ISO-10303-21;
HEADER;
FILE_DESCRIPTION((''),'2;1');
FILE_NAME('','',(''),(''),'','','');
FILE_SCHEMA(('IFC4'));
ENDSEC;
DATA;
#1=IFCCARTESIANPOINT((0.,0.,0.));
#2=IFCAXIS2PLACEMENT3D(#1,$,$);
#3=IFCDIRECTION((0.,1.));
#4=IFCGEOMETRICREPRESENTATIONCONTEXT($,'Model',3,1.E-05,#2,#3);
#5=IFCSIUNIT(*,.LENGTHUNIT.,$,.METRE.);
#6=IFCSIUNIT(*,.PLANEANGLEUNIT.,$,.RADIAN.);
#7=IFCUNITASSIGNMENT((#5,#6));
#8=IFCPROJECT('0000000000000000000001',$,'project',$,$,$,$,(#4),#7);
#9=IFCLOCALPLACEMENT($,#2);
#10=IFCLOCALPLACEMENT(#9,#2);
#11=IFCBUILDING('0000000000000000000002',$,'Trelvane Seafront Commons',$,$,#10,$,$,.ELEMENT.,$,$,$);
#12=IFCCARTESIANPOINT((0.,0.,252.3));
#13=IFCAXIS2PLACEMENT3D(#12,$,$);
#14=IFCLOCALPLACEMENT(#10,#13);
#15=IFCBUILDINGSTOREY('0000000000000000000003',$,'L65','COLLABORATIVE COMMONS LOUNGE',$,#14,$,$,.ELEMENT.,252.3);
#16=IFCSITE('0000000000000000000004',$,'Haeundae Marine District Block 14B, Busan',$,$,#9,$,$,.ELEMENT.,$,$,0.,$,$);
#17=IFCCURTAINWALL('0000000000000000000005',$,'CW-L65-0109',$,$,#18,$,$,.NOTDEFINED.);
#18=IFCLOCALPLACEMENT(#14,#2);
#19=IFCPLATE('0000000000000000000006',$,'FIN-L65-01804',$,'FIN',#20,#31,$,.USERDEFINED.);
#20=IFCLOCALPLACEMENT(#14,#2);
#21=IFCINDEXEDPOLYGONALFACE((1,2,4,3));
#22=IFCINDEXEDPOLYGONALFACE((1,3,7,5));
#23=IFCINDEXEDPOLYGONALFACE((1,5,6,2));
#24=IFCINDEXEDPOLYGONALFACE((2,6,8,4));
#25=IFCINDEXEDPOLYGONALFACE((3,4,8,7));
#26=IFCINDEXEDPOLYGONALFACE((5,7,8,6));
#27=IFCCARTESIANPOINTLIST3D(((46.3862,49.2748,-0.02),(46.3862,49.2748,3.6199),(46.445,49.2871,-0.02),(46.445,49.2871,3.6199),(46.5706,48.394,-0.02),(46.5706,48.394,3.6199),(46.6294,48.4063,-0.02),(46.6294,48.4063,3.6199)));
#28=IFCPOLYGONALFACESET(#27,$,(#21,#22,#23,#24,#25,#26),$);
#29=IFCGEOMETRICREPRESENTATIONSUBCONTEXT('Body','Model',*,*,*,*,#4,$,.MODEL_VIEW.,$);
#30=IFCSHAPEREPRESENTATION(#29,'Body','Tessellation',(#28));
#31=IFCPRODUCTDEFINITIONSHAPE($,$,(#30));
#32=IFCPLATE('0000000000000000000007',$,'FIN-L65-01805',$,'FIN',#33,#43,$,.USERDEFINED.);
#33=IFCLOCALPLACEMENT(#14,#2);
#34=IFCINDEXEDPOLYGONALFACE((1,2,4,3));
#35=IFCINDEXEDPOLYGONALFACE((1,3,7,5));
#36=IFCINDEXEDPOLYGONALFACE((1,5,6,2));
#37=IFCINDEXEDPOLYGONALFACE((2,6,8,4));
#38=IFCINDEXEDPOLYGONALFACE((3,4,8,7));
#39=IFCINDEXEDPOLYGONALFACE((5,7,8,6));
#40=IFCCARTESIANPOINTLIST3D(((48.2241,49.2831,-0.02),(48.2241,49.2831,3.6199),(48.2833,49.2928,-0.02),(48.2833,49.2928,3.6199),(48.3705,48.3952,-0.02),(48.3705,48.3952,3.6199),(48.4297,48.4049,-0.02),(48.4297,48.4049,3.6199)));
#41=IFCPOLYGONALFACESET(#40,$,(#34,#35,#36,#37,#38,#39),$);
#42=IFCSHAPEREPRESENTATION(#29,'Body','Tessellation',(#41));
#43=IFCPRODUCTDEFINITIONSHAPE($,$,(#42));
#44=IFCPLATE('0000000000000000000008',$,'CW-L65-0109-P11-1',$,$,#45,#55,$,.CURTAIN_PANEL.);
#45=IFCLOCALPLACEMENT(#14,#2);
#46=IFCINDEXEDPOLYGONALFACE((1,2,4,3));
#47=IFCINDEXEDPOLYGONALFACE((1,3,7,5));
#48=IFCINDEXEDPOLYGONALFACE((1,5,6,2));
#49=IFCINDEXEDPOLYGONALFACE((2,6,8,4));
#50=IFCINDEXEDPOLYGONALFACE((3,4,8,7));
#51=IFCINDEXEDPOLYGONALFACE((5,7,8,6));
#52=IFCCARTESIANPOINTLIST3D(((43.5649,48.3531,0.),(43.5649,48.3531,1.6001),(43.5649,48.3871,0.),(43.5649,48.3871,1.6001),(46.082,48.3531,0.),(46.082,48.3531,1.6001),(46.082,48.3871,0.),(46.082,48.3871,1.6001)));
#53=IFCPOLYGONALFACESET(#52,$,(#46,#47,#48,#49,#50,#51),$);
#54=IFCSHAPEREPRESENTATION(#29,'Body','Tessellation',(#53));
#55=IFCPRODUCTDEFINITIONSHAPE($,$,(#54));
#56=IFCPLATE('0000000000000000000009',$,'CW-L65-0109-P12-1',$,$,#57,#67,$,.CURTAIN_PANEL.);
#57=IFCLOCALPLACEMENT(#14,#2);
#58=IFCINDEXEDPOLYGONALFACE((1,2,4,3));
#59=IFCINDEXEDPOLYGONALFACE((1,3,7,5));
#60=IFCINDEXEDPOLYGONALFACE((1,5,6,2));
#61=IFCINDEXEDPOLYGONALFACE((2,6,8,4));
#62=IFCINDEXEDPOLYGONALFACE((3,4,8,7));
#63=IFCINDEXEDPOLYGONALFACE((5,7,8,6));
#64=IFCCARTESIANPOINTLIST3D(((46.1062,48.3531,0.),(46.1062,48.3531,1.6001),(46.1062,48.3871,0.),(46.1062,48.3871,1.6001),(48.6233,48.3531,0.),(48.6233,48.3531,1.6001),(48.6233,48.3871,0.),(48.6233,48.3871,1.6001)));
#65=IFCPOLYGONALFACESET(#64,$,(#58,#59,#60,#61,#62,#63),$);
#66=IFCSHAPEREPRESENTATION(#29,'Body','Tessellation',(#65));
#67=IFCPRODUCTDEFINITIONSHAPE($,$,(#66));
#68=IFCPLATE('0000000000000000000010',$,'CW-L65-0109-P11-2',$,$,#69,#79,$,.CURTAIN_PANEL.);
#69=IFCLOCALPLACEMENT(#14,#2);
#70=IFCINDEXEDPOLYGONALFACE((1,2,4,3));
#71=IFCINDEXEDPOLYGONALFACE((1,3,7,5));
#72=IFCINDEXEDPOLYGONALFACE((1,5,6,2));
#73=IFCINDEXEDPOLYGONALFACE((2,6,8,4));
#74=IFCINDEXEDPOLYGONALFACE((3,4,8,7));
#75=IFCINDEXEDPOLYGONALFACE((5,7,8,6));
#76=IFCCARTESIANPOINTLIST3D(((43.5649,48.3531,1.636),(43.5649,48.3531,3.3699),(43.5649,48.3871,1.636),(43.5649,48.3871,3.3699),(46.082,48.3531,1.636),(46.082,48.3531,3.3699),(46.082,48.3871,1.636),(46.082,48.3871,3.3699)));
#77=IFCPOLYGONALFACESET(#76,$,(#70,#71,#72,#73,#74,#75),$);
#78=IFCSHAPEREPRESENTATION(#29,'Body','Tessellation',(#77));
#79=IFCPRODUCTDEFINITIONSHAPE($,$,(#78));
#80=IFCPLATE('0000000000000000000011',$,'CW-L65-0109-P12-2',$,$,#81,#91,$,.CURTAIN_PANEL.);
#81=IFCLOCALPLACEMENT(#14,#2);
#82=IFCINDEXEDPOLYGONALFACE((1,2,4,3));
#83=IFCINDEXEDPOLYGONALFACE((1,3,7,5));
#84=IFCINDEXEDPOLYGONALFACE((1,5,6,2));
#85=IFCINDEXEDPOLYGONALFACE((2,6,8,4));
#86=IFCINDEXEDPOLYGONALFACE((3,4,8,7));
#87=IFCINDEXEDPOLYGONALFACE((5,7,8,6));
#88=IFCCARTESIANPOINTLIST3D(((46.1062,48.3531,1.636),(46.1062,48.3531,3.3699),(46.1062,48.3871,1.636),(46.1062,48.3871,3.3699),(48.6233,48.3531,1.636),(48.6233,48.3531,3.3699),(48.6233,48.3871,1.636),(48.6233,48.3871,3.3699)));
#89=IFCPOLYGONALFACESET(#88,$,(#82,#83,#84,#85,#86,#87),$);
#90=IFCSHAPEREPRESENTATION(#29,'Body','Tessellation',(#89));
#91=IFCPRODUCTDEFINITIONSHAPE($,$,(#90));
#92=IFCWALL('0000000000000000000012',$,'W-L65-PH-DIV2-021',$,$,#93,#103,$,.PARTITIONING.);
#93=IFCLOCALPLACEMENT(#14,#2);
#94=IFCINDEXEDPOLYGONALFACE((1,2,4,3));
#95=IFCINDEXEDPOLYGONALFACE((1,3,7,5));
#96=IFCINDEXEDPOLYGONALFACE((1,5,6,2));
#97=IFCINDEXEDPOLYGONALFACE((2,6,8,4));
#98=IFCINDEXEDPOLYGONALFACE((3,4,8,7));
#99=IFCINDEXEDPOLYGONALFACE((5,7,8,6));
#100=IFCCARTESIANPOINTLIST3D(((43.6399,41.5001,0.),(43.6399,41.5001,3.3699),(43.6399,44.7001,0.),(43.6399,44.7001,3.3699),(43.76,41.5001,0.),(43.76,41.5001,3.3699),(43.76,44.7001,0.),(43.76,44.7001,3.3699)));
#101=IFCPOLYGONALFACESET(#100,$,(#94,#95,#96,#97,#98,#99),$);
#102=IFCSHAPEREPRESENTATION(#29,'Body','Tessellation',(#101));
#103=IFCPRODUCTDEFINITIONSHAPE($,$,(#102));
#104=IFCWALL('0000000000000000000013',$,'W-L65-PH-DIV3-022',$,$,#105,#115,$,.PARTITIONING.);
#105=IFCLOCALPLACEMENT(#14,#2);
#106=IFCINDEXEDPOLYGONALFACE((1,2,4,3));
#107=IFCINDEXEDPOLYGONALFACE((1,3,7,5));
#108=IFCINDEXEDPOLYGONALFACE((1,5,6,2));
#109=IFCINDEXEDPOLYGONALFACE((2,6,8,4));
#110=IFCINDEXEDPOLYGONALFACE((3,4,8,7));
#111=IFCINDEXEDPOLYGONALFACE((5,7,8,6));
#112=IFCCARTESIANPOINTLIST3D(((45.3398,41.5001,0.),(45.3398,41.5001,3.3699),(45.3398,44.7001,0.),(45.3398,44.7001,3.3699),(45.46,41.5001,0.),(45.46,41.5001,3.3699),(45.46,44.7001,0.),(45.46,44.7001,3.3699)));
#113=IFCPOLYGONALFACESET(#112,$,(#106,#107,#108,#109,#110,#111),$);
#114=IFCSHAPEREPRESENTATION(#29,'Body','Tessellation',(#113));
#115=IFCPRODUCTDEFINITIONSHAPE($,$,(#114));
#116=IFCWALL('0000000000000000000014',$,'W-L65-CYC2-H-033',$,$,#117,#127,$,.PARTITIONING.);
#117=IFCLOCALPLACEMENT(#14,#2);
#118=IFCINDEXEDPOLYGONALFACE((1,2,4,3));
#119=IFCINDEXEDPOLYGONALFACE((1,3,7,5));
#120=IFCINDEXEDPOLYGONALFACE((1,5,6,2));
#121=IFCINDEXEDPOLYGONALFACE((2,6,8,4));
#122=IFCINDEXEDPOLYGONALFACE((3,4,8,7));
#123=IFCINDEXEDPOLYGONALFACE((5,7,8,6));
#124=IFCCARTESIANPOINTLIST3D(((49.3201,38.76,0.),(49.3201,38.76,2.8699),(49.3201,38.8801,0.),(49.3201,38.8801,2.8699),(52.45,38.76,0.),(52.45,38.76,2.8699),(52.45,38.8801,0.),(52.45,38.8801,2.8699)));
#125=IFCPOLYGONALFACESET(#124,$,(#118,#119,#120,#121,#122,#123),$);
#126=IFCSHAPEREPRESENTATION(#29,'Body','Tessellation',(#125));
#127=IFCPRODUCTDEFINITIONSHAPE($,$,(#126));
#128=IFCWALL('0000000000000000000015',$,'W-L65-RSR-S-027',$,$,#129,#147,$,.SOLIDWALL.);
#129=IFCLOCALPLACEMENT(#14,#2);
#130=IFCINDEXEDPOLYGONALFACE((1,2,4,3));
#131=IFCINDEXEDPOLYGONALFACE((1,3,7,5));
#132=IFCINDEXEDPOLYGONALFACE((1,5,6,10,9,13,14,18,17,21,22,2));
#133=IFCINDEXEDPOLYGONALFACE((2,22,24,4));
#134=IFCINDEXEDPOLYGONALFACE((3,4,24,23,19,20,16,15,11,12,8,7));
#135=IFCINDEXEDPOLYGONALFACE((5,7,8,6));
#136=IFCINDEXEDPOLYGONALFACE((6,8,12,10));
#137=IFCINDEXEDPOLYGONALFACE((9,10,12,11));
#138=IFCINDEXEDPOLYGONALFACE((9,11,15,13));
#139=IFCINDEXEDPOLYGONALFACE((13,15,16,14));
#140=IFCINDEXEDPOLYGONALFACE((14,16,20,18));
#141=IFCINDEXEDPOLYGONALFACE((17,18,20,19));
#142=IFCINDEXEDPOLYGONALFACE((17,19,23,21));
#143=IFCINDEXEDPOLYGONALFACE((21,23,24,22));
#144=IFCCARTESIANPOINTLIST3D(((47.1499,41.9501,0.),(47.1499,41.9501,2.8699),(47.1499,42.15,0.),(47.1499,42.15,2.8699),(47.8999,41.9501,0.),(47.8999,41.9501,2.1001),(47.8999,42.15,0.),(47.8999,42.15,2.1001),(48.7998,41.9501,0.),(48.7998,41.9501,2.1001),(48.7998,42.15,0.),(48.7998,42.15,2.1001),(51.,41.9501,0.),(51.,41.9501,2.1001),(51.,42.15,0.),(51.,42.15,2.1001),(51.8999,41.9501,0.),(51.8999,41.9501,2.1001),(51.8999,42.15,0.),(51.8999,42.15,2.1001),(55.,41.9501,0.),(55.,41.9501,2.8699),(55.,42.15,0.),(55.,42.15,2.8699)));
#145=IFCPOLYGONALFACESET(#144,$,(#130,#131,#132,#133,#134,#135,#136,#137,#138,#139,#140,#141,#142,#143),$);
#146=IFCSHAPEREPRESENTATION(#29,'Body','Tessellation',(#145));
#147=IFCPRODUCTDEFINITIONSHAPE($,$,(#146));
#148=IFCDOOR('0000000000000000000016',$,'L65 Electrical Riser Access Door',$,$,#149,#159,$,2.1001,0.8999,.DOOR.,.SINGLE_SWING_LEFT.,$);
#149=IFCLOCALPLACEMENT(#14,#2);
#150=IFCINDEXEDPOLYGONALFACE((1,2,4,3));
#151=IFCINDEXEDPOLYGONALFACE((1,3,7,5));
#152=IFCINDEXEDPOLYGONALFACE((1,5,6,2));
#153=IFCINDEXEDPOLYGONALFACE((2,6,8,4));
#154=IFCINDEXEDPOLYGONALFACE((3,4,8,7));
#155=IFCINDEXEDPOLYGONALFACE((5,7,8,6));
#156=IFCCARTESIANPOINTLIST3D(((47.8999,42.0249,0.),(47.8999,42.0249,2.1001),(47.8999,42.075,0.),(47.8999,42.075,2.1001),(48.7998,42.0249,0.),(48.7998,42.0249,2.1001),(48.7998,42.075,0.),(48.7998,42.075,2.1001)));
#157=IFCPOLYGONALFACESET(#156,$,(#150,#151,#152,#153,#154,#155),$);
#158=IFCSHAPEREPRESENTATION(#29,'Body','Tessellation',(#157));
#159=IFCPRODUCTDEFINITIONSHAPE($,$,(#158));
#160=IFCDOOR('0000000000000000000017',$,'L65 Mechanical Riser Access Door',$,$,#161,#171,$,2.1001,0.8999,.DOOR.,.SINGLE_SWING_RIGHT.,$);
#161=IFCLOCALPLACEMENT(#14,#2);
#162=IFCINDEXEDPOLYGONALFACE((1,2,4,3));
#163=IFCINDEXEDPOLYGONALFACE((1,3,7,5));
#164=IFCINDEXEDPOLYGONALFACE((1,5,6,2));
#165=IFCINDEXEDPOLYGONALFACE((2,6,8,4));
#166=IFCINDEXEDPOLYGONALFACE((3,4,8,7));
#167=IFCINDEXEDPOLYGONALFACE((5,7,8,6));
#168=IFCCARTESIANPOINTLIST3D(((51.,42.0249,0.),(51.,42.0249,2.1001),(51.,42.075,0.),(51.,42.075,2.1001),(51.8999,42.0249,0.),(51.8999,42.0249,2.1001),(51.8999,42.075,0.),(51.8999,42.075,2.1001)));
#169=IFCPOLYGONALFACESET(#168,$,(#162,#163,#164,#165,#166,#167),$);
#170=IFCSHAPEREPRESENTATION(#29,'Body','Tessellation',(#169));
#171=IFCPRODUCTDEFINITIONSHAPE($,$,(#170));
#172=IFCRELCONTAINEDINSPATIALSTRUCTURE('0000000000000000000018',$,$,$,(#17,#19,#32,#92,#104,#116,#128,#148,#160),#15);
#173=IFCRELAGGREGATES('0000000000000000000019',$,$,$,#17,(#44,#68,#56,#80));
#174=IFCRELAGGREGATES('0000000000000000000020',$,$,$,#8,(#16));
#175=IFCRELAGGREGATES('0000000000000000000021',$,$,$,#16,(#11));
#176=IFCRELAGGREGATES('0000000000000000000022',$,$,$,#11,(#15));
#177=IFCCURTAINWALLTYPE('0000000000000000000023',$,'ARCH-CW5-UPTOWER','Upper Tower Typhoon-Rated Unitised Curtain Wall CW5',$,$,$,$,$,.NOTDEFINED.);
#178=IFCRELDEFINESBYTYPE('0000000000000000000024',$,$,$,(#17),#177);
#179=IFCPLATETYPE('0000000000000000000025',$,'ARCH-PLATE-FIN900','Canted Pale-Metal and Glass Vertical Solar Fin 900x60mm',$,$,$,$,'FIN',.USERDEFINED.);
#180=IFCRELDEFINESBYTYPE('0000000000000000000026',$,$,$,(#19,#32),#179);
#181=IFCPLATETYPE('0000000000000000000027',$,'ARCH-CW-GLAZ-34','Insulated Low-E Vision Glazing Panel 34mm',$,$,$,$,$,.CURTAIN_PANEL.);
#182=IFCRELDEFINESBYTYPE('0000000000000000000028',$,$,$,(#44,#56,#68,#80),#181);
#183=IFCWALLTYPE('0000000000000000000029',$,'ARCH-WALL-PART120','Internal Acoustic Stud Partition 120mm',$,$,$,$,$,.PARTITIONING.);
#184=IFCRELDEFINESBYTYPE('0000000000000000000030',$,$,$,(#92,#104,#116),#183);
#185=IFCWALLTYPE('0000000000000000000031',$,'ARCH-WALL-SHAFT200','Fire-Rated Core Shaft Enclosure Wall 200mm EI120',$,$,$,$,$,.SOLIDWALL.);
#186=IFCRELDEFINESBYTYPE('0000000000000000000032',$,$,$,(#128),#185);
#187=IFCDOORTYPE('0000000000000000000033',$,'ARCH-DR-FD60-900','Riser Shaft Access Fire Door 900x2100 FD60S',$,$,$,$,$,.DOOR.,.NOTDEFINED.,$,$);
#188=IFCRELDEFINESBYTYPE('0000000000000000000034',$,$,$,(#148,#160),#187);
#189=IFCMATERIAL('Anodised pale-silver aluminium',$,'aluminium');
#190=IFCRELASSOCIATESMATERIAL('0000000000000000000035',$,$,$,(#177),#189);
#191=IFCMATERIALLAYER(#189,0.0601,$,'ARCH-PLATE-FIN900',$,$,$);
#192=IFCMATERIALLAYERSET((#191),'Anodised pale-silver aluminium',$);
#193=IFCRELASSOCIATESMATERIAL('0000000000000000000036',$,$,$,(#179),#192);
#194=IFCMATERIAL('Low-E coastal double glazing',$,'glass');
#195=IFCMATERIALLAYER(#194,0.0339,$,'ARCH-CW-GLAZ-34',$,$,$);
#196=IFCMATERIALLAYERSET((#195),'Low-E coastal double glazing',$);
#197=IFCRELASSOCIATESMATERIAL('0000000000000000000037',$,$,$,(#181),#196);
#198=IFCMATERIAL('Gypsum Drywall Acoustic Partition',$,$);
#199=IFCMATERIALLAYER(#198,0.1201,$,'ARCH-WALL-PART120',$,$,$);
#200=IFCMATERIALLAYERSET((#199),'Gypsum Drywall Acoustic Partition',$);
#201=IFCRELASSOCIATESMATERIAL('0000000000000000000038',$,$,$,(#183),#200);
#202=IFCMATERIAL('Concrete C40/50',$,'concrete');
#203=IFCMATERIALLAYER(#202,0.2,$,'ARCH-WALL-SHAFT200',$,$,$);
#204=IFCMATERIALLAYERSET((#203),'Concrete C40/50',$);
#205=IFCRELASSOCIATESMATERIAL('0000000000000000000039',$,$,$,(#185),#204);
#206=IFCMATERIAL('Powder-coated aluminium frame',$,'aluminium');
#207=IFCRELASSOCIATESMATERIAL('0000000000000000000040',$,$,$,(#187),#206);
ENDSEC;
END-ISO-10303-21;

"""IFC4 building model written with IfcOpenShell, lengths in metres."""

from ifc_helpers import new_model, si_unit, direction, frame, frame_2d, origin, origin_2d, place, context, subcontext, project, spatial, rectangle, extrude, source, transform, mapped, material, layer, layer_set, type_object, element, fill, aggregate, save


model = new_model("IFC4")

# Units and contexts
model_context = context("Model", 3, precision=1e-05, world=origin(), true_north=direction((0.0, 1.0)))
body_context = subcontext(model_context, "Body", "Model", "MODEL_VIEW")
ifc_project = project(units=[si_unit("LENGTHUNIT", "METRE"), si_unit("PLANEANGLEUNIT", "RADIAN")], contexts=[model_context])

# Site, building, storey
site_placement = place(None, origin())
site = spatial("IfcSite", under=ifc_project, at=site_placement, Name="Haeundae Marine District Block 14B, Busan", CompositionType="ELEMENT", RefElevation=0.0)
building_placement = place(site_placement, origin())
building = spatial("IfcBuilding", under=site, at=building_placement, Name="Trelvane Seafront Commons", CompositionType="ELEMENT")
storey_placement = place(building_placement, frame((0.0, 0.0, 252.3)))
storey = spatial("IfcBuildingStorey", under=building, at=storey_placement, Name="L65", Description="COLLABORATIVE COMMONS LOUNGE", CompositionType="ELEMENT", Elevation=252.3)

# Curtain wall
ifc_material_1 = material(Name="Anodised pale-silver aluminium", Category="aluminium")
curtain_wall_type = type_object("IfcCurtainWallType", Name="ARCH-CW5-UPTOWER", Description="Upper Tower Typhoon-Rated Unitised Curtain Wall CW5", PredefinedType="NOTDEFINED", material=ifc_material_1)
curtain_wall_placement = place(storey_placement, origin())
curtain_wall = element("IfcCurtainWall", 1, at=curtain_wall_placement, inside=storey, type_object=curtain_wall_type, Name="CW-L65-0109", PredefinedType="NOTDEFINED")

# Plates
ifc_layer_1 = layer(ifc_material_1, 0.0601, Name="ARCH-PLATE-FIN900")
ifc_layer_set_1 = layer_set([ifc_layer_1], Name="Anodised pale-silver aluminium")
plate_type_1 = type_object("IfcPlateType", Name="ARCH-PLATE-FIN900", Description="Canted Pale-Metal and Glass Vertical Solar Fin 900x60mm", ElementType="FIN", PredefinedType="USERDEFINED", material=ifc_layer_set_1)
shared_shape_1 = source(origin(), body_context, "Body", "SweptSolid", [
    extrude(rectangle(XDim=0.8999, YDim=0.0601, at=origin_2d()), origin(), (0.0, 0.0, 1.0), 3.6399),
])
for number, where, z_axis, x_axis, name in (
    (2, (46.5078, 48.8406, -0.02), (0.0, 0.0, 1.0), (-0.204891, 0.978785, 0.0), "FIN-L65-01804"),
    (3, (48.3269, 48.844, -0.02), (0.0, 0.0, 1.0), (-0.162668, 0.986681, 0.0), "FIN-L65-01805"),
):
    element("IfcPlate", number, at=place(storey_placement, frame(where, z_axis=z_axis, x_axis=x_axis)), inside=storey, type_object=plate_type_1, Name=name, ObjectType="FIN", PredefinedType="USERDEFINED", context=body_context, shape_type="MappedRepresentation", body=[
        mapped(shared_shape_1, transform((0.0, 0.0, 0.0), x_axis=(1.0, 0.0, 0.0), y_axis=(0.0, 1.0, 0.0), z_axis=(0.0, 0.0, 1.0), scale=1.0)),
    ])

# Plates
ifc_material_2 = material(Name="Low-E coastal double glazing", Category="glass")
ifc_layer_2 = layer(ifc_material_2, 0.0339, Name="ARCH-CW-GLAZ-34")
ifc_layer_set_2 = layer_set([ifc_layer_2], Name="Low-E coastal double glazing")
plate_type_2 = type_object("IfcPlateType", Name="ARCH-CW-GLAZ-34", Description="Insulated Low-E Vision Glazing Panel 34mm", PredefinedType="CURTAIN_PANEL", material=ifc_layer_set_2)
shared_shape_2 = source(origin(), body_context, "Body", "SweptSolid", [
    extrude(rectangle(XDim=2.5171, YDim=0.0339, at=origin_2d()), origin(), (0.0, 0.0, 1.0), 1.6001),
])
plate_1_placement = place(storey_placement, frame((44.8235, 48.3701, 0.0), z_axis=(0.0, 0.0, 1.0), x_axis=(1.0, 0.0, 0.0)))
plate_1 = element("IfcPlate", 4, at=plate_1_placement, type_object=plate_type_2, Name="CW-L65-0109-P11-1", PredefinedType="CURTAIN_PANEL", context=body_context, shape_type="MappedRepresentation", body=[
    mapped(shared_shape_2, transform((0.0, 0.0, 0.0), x_axis=(1.0, 0.0, 0.0), y_axis=(0.0, 1.0, 0.0), z_axis=(0.0, 0.0, 1.0), scale=1.0)),
])
plate_2_placement = place(storey_placement, frame((47.3647, 48.3701, 0.0), z_axis=(0.0, 0.0, 1.0), x_axis=(1.0, 0.0, 0.0)))
plate_2 = element("IfcPlate", 5, at=plate_2_placement, type_object=plate_type_2, Name="CW-L65-0109-P12-1", PredefinedType="CURTAIN_PANEL", context=body_context, shape_type="MappedRepresentation", body=[
    mapped(shared_shape_2, transform((0.0, 0.0, 0.0), x_axis=(1.0, 0.0, 0.0), y_axis=(0.0, 1.0, 0.0), z_axis=(0.0, 0.0, 1.0), scale=1.0)),
])
shared_shape_3 = source(origin(), body_context, "Body", "SweptSolid", [
    extrude(rectangle(XDim=2.5171, YDim=0.0339, at=origin_2d()), origin(), (0.0, 0.0, 1.0), 1.7339),
])
plate_3_placement = place(storey_placement, frame((44.8235, 48.3701, 1.636), z_axis=(0.0, 0.0, 1.0), x_axis=(1.0, 0.0, 0.0)))
plate_3 = element("IfcPlate", 6, at=plate_3_placement, type_object=plate_type_2, Name="CW-L65-0109-P11-2", PredefinedType="CURTAIN_PANEL", context=body_context, shape_type="MappedRepresentation", body=[
    mapped(shared_shape_3, transform((0.0, 0.0, 0.0), x_axis=(1.0, 0.0, 0.0), y_axis=(0.0, 1.0, 0.0), z_axis=(0.0, 0.0, 1.0), scale=1.0)),
])
plate_4_placement = place(storey_placement, frame((47.3647, 48.3701, 1.636), z_axis=(0.0, 0.0, 1.0), x_axis=(1.0, 0.0, 0.0)))
plate_4 = element("IfcPlate", 7, at=plate_4_placement, type_object=plate_type_2, Name="CW-L65-0109-P12-2", PredefinedType="CURTAIN_PANEL", context=body_context, shape_type="MappedRepresentation", body=[
    mapped(shared_shape_3, transform((0.0, 0.0, 0.0), x_axis=(1.0, 0.0, 0.0), y_axis=(0.0, 1.0, 0.0), z_axis=(0.0, 0.0, 1.0), scale=1.0)),
])
aggregate(curtain_wall, [plate_1, plate_3, plate_2, plate_4])

# Walls
ifc_material_3 = material(Name="Gypsum Drywall Acoustic Partition")
ifc_layer_3 = layer(ifc_material_3, 0.1201, Name="ARCH-WALL-PART120")
ifc_layer_set_3 = layer_set([ifc_layer_3], Name="Gypsum Drywall Acoustic Partition")
wall_type_1 = type_object("IfcWallType", Name="ARCH-WALL-PART120", Description="Internal Acoustic Stud Partition 120mm", PredefinedType="PARTITIONING", material=ifc_layer_set_3)
for number, where, z_axis, x_axis, name in (
    (8, (43.7, 41.5, 0.0), (0.0, 0.0, 1.0), (0.0, 1.0, 0.0), "W-L65-PH-DIV2-021"),
    (9, (45.3999, 41.5, 0.0), (0.0, 0.0, 1.0), (0.0, 1.0, 0.0), "W-L65-PH-DIV3-022"),
):
    element("IfcWall", number, at=place(storey_placement, frame(where, z_axis=z_axis, x_axis=x_axis)), inside=storey, type_object=wall_type_1, Name=name, PredefinedType="PARTITIONING", context=body_context, shape_type="SweptSolid", body=[
        extrude(rectangle(XDim=3.2, YDim=0.1201, at=frame_2d((1.6001, 0.0))), origin(), (0.0, 0.0, 1.0), 3.3699),
    ])
wall_1_placement = place(storey_placement, frame((49.3201, 38.8201, 0.0), z_axis=(0.0, 0.0, 1.0), x_axis=(1.0, 0.0, 0.0)))
element("IfcWall", 10, at=wall_1_placement, inside=storey, type_object=wall_type_1, Name="W-L65-CYC2-H-033", PredefinedType="PARTITIONING", context=body_context, shape_type="SweptSolid", body=[
    extrude(rectangle(XDim=3.1299, YDim=0.1201, at=frame_2d((1.5649, 0.0))), origin(), (0.0, 0.0, 1.0), 2.8699),
])

# Wall, openings, doors
ifc_material_4 = material(Name="Concrete C40/50", Category="concrete")
ifc_layer_4 = layer(ifc_material_4, 0.2, Name="ARCH-WALL-SHAFT200")
ifc_layer_set_4 = layer_set([ifc_layer_4], Name="Concrete C40/50")
wall_type_2 = type_object("IfcWallType", Name="ARCH-WALL-SHAFT200", Description="Fire-Rated Core Shaft Enclosure Wall 200mm EI120", PredefinedType="SOLIDWALL", material=ifc_layer_set_4)
wall_2_placement = place(storey_placement, frame((47.1499, 42.05, 0.0), z_axis=(0.0, 0.0, 1.0), x_axis=(1.0, 0.0, 0.0)))
wall_2 = element("IfcWall", 11, at=wall_2_placement, inside=storey, type_object=wall_type_2, Name="W-L65-RSR-S-027", PredefinedType="SOLIDWALL", context=body_context, shape_type="SweptSolid", body=[
    extrude(rectangle(XDim=7.8501, YDim=0.2, at=frame_2d((3.925, 0.0))), origin(), (0.0, 0.0, 1.0), 2.8699),
])
opening_1_placement = place(wall_2_placement, frame((0.75, 0.0, 0.0)))
opening_1 = element("IfcOpeningElement", 12, at=opening_1_placement, cuts=wall_2, PredefinedType="OPENING", context=body_context, shape_type="SweptSolid", body=[
    extrude(rectangle(XDim=0.8999, YDim=2.1001, at=frame_2d((0.45, 1.05))), frame((0.0, 0.1099, 0.0), z_axis=(0.0, -1.0, 0.0), x_axis=(1.0, 0.0, 0.0)), (0.0, 0.0, 1.0), 0.22),
])
opening_2_placement = place(wall_2_placement, frame((3.8501, 0.0, 0.0)))
opening_2 = element("IfcOpeningElement", 13, at=opening_2_placement, cuts=wall_2, PredefinedType="OPENING", context=body_context, shape_type="SweptSolid", body=[
    extrude(rectangle(XDim=0.8999, YDim=2.1001, at=frame_2d((0.45, 1.05))), frame((0.0, 0.1099, 0.0), z_axis=(0.0, -1.0, 0.0), x_axis=(1.0, 0.0, 0.0)), (0.0, 0.0, 1.0), 0.22),
])
ifc_material_5 = material(Name="Powder-coated aluminium frame", Category="aluminium")
door_type = type_object("IfcDoorType", Name="ARCH-DR-FD60-900", Description="Riser Shaft Access Fire Door 900x2100 FD60S", OperationType="NOTDEFINED", PredefinedType="DOOR", material=ifc_material_5)
shared_shape_4 = source(origin(), body_context, "Body", "SweptSolid", [
    extrude(rectangle(XDim=0.8999, YDim=2.1001, at=frame_2d((0.45, 1.05))), frame((0.0, 0.0249, 0.0), z_axis=(0.0, -1.0, 0.0), x_axis=(1.0, 0.0, 0.0)), (0.0, 0.0, 1.0), 0.05),
])
door_1_placement = place(opening_1_placement, origin())
door_1 = element("IfcDoor", 14, at=door_1_placement, inside=storey, type_object=door_type, Name="L65 Electrical Riser Access Door", OperationType="SINGLE_SWING_LEFT", OverallHeight=2.1001, OverallWidth=0.8999, PredefinedType="DOOR", context=body_context, shape_type="MappedRepresentation", body=[
    mapped(shared_shape_4, transform((0.0, 0.0, 0.0), x_axis=(1.0, 0.0, 0.0), y_axis=(0.0, 1.0, 0.0), z_axis=(0.0, 0.0, 1.0), scale=1.0)),
])
fill(opening_1, door_1)
door_2_placement = place(opening_2_placement, origin())
door_2 = element("IfcDoor", 15, at=door_2_placement, inside=storey, type_object=door_type, Name="L65 Mechanical Riser Access Door", OperationType="SINGLE_SWING_RIGHT", OverallHeight=2.1001, OverallWidth=0.8999, PredefinedType="DOOR", context=body_context, shape_type="MappedRepresentation", body=[
    mapped(shared_shape_4, transform((0.0, 0.0, 0.0), x_axis=(1.0, 0.0, 0.0), y_axis=(0.0, 1.0, 0.0), z_axis=(0.0, 0.0, 1.0), scale=1.0)),
])
fill(opening_2, door_2)

save(model, "model.ifc")
